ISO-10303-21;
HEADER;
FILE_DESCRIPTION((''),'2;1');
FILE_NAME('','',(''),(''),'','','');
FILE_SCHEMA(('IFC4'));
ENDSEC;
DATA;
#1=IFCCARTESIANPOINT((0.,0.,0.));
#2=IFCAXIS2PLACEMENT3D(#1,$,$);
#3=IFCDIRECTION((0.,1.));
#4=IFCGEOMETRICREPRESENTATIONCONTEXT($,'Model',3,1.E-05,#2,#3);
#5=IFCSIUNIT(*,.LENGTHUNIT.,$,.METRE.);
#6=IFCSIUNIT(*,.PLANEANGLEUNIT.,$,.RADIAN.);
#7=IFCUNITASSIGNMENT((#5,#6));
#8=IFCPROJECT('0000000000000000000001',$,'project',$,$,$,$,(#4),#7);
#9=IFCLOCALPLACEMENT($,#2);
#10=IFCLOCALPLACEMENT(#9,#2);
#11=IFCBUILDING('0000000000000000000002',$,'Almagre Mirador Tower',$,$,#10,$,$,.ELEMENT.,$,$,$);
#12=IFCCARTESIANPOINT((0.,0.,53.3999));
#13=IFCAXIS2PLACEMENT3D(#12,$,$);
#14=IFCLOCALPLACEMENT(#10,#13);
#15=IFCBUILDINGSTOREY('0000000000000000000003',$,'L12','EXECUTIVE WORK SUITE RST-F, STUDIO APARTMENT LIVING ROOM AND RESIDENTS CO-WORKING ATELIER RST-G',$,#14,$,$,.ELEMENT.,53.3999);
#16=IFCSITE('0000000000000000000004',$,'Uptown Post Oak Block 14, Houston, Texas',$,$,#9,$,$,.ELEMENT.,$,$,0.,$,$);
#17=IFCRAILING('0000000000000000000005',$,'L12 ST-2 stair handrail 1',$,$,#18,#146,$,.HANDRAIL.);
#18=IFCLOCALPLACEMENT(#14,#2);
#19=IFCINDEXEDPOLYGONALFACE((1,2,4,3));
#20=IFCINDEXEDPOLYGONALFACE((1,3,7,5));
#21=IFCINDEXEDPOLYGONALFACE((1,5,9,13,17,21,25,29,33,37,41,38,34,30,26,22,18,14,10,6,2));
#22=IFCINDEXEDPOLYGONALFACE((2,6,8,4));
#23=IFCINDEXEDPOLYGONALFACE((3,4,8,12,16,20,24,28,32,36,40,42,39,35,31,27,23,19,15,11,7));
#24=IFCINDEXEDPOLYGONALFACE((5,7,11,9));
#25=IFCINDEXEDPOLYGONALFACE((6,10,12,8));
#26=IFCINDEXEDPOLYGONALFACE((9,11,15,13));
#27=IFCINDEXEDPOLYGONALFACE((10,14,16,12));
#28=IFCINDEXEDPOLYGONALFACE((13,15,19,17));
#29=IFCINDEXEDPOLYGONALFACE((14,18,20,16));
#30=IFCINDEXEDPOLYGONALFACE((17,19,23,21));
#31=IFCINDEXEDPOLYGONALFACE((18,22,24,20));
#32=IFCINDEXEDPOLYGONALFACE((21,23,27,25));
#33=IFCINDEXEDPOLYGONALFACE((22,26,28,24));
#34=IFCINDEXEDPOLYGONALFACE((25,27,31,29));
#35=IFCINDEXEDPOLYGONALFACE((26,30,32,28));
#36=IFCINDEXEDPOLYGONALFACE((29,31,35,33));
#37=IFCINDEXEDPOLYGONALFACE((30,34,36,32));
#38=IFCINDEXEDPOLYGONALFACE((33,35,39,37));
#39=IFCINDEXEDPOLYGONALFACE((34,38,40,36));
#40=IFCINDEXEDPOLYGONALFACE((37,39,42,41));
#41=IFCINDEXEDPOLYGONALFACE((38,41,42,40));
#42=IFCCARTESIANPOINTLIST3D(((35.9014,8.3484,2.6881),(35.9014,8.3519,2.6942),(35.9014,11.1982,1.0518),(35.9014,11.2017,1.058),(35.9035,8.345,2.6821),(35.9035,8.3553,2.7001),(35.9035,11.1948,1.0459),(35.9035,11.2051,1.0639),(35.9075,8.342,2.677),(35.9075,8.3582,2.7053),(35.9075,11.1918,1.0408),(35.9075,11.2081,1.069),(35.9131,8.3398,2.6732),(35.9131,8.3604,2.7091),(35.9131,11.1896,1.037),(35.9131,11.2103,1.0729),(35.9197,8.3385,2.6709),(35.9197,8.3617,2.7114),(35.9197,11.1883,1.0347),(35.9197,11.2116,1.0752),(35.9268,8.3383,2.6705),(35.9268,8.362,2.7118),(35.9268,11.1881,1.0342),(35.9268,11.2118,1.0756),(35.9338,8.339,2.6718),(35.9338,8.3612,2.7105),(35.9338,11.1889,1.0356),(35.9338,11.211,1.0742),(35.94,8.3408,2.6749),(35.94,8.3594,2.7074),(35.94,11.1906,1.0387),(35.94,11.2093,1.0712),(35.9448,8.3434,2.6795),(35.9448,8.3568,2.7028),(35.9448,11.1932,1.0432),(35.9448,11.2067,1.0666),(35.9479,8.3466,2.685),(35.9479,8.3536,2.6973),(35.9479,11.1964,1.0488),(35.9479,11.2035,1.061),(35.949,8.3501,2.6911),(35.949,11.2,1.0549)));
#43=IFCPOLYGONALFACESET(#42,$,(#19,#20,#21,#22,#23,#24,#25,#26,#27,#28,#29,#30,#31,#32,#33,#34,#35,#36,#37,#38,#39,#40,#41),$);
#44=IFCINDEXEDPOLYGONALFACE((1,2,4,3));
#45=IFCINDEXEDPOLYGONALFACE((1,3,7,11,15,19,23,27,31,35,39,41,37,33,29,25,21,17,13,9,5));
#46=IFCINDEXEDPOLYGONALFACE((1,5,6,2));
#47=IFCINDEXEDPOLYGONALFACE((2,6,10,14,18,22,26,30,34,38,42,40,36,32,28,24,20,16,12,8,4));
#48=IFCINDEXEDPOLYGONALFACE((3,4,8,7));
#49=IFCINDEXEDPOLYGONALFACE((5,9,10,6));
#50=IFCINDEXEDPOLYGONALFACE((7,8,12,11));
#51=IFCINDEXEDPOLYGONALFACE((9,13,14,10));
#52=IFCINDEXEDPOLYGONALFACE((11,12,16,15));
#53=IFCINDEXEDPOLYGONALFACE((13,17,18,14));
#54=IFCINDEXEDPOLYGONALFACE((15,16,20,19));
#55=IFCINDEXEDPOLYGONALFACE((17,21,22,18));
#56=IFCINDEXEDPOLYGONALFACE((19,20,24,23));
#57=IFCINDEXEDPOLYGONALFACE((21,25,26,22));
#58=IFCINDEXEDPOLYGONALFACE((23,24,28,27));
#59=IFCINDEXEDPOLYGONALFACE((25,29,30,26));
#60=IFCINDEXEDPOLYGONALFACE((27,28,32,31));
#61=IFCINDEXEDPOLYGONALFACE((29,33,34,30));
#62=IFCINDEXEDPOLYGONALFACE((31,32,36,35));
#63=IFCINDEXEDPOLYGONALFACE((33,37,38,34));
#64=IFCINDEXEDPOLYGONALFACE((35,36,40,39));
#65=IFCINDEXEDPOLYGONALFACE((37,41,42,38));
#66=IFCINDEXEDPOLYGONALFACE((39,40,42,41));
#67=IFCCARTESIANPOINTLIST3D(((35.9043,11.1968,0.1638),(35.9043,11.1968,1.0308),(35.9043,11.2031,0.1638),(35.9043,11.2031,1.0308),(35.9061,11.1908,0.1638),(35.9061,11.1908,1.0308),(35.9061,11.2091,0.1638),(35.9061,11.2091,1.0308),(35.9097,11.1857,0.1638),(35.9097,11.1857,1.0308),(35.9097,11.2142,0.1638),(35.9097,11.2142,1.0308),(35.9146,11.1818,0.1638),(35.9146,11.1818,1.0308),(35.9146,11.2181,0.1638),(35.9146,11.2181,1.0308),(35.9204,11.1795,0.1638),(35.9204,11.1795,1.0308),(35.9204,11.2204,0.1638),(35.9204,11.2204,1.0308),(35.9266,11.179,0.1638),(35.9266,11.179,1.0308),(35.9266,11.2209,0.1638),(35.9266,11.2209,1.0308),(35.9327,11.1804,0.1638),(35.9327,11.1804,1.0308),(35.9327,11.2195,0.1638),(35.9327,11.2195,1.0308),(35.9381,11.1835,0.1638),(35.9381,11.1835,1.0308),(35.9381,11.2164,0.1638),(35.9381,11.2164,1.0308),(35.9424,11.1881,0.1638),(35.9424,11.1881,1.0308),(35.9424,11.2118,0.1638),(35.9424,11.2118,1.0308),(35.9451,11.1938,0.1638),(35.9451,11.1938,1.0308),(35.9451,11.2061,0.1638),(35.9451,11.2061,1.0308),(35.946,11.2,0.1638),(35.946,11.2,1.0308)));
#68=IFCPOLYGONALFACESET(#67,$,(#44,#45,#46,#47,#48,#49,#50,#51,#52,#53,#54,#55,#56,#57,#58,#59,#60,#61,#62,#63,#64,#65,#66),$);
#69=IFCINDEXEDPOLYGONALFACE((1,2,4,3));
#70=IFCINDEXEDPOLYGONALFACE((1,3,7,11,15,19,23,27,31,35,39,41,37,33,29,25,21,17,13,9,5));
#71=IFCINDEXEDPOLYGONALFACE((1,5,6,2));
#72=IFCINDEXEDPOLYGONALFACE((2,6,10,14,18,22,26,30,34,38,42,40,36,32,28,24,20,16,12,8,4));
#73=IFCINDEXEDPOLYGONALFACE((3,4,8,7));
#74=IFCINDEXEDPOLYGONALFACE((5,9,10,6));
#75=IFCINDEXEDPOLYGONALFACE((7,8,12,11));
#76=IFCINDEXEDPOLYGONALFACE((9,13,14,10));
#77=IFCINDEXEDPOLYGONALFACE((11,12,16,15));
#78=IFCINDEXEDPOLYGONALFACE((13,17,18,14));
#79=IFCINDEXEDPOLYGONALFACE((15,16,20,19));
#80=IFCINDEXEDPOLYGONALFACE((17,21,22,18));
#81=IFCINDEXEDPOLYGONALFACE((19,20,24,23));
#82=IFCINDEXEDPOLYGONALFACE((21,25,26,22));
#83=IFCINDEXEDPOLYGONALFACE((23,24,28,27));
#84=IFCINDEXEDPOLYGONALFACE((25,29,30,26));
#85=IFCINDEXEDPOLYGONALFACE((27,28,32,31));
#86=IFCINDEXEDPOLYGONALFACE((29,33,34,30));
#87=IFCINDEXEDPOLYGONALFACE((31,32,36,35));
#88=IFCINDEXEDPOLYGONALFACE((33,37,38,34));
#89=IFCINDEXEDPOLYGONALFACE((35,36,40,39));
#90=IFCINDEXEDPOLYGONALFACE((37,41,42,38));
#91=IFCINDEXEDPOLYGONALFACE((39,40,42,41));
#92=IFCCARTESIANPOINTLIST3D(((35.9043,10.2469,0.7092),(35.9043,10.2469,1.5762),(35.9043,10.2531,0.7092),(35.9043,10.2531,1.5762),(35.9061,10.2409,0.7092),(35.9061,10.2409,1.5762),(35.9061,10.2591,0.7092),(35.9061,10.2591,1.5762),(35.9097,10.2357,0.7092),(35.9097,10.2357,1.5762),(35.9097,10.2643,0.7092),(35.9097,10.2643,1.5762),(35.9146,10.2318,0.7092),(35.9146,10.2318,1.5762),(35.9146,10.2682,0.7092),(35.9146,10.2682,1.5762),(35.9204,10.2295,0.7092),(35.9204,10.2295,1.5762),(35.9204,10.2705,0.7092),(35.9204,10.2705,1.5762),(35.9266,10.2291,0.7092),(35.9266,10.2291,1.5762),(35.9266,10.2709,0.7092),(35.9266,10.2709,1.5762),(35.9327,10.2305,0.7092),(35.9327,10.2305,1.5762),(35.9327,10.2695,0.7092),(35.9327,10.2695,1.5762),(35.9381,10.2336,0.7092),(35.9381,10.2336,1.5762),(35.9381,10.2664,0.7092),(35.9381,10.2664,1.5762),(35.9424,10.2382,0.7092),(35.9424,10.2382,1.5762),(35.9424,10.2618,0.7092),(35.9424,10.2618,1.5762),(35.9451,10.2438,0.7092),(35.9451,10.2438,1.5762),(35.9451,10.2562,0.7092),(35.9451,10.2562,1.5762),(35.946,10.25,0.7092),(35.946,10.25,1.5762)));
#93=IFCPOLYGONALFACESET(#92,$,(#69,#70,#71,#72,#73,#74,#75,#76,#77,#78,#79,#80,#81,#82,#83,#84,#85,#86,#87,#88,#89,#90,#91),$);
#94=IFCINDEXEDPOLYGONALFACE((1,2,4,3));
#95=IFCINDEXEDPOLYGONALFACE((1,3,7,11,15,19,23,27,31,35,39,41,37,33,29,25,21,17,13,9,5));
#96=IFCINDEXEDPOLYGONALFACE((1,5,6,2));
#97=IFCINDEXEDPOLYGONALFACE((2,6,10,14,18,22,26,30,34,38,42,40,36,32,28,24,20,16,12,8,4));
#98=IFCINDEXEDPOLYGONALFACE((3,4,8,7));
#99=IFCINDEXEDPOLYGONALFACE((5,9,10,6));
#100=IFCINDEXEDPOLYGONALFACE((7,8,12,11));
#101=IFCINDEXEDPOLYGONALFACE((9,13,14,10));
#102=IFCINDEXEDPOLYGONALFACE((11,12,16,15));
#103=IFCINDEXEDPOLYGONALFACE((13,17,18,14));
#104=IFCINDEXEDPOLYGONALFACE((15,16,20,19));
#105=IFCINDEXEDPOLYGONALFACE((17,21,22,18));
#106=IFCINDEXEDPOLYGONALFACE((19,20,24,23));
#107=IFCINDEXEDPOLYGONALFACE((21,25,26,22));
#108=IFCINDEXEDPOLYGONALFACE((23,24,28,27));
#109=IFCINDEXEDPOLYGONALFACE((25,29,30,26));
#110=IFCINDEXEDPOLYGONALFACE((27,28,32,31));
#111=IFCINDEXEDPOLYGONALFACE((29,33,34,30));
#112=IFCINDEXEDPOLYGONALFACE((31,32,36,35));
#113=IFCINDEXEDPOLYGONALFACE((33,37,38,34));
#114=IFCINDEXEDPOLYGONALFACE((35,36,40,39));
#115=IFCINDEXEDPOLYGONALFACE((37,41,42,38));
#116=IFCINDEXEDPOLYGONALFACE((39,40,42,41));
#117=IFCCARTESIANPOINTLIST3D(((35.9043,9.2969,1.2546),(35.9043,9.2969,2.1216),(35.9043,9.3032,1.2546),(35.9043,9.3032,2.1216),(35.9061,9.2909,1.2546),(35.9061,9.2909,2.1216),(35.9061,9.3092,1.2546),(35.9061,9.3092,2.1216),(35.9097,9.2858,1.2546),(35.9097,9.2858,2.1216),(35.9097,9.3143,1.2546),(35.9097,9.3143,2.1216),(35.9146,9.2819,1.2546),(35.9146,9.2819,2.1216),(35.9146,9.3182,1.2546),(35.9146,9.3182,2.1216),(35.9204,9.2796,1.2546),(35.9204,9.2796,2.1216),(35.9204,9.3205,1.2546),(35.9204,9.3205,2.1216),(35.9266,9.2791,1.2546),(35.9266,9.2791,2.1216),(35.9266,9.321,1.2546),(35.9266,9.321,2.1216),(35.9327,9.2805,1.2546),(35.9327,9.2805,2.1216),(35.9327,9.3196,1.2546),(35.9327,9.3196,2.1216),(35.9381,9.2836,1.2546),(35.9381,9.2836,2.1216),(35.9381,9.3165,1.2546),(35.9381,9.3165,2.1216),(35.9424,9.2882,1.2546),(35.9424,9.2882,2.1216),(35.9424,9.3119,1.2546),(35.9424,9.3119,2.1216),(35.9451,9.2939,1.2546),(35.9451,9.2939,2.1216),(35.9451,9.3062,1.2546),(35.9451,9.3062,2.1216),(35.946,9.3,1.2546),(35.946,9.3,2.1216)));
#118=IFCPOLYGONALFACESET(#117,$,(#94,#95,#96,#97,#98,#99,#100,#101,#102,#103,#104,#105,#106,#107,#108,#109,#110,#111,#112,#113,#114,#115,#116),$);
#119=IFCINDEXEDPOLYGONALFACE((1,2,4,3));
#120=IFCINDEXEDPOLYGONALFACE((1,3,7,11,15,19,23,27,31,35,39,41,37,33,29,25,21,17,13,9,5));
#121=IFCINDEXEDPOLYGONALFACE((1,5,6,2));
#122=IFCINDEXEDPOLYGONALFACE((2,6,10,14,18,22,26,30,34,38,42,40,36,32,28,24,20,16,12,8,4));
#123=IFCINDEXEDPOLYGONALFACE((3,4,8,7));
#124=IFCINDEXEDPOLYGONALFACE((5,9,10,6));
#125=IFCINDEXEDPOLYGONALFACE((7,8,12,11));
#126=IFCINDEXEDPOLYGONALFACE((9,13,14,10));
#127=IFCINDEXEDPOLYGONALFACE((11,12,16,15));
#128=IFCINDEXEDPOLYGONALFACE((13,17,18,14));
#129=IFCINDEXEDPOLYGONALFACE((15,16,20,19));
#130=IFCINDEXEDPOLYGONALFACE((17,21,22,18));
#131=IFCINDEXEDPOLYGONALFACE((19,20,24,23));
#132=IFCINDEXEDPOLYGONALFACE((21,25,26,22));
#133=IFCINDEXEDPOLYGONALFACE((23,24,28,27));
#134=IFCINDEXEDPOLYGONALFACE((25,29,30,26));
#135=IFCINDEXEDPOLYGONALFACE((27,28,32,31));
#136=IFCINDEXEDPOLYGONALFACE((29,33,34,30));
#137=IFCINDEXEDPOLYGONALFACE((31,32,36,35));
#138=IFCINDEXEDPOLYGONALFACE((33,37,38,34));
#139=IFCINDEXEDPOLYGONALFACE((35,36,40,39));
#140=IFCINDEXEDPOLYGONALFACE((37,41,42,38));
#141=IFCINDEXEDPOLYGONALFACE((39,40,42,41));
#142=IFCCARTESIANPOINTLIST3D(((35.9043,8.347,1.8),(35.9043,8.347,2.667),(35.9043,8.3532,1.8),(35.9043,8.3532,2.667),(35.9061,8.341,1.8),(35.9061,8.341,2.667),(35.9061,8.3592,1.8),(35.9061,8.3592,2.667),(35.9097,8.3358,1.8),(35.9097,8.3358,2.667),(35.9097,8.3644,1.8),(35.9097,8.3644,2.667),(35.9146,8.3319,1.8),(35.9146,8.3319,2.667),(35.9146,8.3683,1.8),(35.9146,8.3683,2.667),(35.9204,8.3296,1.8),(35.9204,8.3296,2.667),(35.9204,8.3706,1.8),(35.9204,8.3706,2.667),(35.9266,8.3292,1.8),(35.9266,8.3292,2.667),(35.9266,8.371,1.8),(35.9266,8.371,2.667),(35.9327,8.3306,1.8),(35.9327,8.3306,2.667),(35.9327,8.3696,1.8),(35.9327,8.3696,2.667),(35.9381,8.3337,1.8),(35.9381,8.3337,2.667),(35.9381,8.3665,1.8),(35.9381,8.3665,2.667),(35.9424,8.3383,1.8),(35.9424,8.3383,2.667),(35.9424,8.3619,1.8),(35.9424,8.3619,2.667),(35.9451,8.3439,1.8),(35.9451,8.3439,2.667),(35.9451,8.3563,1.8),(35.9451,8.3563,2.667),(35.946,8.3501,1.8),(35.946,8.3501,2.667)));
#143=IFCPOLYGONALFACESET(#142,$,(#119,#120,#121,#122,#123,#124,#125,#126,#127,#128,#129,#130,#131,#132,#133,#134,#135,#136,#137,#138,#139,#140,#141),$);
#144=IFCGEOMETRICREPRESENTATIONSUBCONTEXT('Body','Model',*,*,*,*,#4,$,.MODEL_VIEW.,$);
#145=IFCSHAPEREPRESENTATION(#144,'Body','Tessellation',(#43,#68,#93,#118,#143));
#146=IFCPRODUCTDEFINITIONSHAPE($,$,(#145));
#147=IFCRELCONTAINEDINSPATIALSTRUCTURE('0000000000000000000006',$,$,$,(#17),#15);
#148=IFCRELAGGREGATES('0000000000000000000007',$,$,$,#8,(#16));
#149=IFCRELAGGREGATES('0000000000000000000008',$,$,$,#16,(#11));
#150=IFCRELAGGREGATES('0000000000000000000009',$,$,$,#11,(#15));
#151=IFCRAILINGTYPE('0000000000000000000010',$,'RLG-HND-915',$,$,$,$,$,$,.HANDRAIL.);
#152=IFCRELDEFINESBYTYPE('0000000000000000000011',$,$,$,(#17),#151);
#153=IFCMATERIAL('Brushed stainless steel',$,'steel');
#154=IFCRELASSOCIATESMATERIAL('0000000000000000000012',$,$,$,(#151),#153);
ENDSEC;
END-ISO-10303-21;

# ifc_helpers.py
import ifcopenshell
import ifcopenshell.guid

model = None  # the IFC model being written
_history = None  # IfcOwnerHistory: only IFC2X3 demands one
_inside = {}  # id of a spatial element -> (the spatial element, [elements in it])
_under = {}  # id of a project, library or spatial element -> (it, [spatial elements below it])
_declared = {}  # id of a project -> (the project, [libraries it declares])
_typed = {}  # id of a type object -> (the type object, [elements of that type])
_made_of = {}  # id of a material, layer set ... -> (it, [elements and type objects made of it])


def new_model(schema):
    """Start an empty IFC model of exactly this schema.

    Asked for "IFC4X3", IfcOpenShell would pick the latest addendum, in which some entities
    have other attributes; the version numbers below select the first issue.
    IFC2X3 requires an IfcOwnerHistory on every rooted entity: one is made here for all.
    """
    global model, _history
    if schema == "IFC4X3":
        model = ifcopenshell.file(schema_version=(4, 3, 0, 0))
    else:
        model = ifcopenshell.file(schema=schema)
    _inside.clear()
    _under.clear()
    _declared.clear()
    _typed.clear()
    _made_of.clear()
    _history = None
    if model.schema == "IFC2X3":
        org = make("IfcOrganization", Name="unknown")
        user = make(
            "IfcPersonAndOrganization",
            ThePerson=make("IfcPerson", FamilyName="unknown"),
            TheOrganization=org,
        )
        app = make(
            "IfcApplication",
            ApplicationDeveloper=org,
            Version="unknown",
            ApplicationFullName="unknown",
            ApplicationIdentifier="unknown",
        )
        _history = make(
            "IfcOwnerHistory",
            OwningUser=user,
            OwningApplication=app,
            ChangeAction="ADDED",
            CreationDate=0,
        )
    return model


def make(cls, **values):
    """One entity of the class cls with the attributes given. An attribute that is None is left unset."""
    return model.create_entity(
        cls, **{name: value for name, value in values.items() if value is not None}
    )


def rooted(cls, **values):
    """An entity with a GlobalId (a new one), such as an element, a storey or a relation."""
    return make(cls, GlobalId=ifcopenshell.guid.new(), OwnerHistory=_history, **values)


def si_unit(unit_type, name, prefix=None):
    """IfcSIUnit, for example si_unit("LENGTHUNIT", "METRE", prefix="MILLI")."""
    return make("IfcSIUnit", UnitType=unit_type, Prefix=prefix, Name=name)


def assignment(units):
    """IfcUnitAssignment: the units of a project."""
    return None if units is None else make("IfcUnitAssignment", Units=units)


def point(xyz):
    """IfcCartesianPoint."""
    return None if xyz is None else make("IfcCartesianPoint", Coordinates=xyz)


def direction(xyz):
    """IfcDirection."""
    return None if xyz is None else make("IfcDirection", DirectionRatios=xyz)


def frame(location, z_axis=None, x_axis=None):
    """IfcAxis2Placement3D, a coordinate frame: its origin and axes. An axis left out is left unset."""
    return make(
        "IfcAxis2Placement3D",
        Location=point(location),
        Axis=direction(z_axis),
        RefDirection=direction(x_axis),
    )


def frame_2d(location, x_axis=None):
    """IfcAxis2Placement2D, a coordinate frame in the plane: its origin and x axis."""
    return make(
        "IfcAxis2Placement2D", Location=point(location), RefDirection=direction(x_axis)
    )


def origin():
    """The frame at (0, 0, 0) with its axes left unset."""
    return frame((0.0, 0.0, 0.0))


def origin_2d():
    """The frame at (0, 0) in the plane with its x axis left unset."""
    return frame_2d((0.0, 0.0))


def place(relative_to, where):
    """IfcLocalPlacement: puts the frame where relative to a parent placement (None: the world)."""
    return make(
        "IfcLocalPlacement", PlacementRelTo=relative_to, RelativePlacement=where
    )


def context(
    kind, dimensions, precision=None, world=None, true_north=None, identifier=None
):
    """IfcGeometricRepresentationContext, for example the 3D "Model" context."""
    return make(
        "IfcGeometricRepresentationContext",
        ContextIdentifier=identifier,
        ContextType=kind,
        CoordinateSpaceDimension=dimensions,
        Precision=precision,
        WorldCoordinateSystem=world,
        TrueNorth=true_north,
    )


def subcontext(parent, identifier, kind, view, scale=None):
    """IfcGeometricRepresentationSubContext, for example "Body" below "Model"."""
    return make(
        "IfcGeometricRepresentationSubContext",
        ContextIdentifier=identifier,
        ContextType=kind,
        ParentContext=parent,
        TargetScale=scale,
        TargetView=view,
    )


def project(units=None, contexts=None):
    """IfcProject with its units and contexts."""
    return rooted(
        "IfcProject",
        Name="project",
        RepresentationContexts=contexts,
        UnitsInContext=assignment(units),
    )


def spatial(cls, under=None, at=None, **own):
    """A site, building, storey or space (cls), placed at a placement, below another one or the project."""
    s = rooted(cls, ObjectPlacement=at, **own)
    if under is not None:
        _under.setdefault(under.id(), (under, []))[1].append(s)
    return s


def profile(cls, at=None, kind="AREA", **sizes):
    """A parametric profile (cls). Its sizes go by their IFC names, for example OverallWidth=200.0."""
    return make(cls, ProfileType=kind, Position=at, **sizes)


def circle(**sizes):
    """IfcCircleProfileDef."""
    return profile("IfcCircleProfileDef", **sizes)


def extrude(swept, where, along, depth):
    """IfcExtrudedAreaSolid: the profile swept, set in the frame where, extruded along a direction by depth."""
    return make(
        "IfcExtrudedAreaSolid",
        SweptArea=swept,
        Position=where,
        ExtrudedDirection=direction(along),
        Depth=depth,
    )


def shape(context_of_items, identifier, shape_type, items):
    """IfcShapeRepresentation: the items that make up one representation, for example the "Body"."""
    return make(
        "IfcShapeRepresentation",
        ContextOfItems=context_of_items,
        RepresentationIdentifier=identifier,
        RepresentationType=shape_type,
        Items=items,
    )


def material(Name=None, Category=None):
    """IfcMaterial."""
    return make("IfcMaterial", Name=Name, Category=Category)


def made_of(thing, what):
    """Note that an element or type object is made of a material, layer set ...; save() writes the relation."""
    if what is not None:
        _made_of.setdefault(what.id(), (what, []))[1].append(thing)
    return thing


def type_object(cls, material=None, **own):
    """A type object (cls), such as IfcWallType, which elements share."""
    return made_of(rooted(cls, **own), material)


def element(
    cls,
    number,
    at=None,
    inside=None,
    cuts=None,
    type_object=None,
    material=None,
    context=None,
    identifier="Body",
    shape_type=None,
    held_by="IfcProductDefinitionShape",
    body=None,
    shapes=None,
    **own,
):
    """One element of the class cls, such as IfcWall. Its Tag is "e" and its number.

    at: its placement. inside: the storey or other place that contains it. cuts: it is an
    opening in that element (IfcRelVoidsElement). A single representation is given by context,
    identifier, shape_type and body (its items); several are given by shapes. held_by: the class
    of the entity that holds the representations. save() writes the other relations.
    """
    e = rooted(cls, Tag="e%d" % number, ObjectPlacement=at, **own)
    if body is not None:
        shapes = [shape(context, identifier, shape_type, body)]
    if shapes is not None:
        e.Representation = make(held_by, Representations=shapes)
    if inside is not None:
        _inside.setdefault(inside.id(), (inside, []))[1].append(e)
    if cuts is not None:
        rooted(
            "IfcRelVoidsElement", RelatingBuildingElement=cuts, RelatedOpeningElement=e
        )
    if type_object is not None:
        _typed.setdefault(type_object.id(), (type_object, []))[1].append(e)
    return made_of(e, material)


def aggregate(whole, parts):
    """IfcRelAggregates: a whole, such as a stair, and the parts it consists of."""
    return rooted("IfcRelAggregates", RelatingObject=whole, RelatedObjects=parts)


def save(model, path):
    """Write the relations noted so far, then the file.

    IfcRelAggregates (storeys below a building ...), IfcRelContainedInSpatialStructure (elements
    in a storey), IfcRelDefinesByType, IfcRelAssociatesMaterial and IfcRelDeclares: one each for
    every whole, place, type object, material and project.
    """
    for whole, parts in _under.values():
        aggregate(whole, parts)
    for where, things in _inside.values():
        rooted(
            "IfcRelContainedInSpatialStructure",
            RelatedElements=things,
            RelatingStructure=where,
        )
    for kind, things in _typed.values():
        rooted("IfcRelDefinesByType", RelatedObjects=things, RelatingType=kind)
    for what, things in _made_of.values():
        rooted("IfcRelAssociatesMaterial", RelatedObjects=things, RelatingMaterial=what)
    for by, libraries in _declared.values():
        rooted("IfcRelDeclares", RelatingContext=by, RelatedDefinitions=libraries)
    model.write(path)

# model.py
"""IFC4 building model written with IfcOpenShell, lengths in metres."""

from ifc_helpers import new_model, si_unit, direction, frame, origin, origin_2d, place, context, subcontext, project, spatial, circle, extrude, material, type_object, element, save


model = new_model("IFC4")

# Units and contexts
model_context = context("Model", 3, precision=1e-05, world=origin(), true_north=direction((0.0, 1.0)))
body_context = subcontext(model_context, "Body", "Model", "MODEL_VIEW")
ifc_project = project(units=[si_unit("LENGTHUNIT", "METRE"), si_unit("PLANEANGLEUNIT", "RADIAN")], contexts=[model_context])

# Site, building, storey
site_placement = place(None, origin())
site = spatial("IfcSite", under=ifc_project, at=site_placement, Name="Uptown Post Oak Block 14, Houston, Texas", CompositionType="ELEMENT", RefElevation=0.0)
building_placement = place(site_placement, origin())
building = spatial("IfcBuilding", under=site, at=building_placement, Name="Almagre Mirador Tower", CompositionType="ELEMENT")
storey_placement = place(building_placement, frame((0.0, 0.0, 53.3999)))
storey = spatial("IfcBuildingStorey", under=building, at=storey_placement, Name="L12", Description="EXECUTIVE WORK SUITE RST-F, STUDIO APARTMENT LIVING ROOM AND RESIDENTS CO-WORKING ATELIER RST-G", CompositionType="ELEMENT", Elevation=53.3999)

# Railing
ifc_material_1 = material(Name="Brushed stainless steel", Category="steel")
railing_type_1 = type_object("IfcRailingType", Name="RLG-HND-915", PredefinedType="HANDRAIL", material=ifc_material_1)
railing_1_placement = place(storey_placement, frame((35.925, 11.2, 0.1638)))
element("IfcRailing", 1, at=railing_1_placement, inside=storey, type_object=railing_type_1, Name="L12 ST-2 stair handrail 1", PredefinedType="HANDRAIL", context=body_context, shape_type="SweptSolid", body=[
    extrude(circle(Radius=0.0239, at=origin_2d()), frame((0.0, 0.0, 0.8911), z_axis=(0.0, -0.867226, 0.497914), x_axis=(1.0, 0.0, 0.0)), (0.0, 0.0, 1.0), 3.2861),
    extrude(circle(Radius=0.021, at=origin_2d()), origin(), (0.0, 0.0, 1.0), 0.8669),
    extrude(circle(Radius=0.021, at=origin_2d()), frame((0.0, -0.95, 0.5454)), (0.0, 0.0, 1.0), 0.8669),
    extrude(circle(Radius=0.021, at=origin_2d()), frame((0.0, -1.8999, 1.0908)), (0.0, 0.0, 1.0), 0.8669),
    extrude(circle(Radius=0.021, at=origin_2d()), frame((0.0, -2.8499, 1.6362)), (0.0, 0.0, 1.0), 0.8669),
])

save(model, "model.ifc")
